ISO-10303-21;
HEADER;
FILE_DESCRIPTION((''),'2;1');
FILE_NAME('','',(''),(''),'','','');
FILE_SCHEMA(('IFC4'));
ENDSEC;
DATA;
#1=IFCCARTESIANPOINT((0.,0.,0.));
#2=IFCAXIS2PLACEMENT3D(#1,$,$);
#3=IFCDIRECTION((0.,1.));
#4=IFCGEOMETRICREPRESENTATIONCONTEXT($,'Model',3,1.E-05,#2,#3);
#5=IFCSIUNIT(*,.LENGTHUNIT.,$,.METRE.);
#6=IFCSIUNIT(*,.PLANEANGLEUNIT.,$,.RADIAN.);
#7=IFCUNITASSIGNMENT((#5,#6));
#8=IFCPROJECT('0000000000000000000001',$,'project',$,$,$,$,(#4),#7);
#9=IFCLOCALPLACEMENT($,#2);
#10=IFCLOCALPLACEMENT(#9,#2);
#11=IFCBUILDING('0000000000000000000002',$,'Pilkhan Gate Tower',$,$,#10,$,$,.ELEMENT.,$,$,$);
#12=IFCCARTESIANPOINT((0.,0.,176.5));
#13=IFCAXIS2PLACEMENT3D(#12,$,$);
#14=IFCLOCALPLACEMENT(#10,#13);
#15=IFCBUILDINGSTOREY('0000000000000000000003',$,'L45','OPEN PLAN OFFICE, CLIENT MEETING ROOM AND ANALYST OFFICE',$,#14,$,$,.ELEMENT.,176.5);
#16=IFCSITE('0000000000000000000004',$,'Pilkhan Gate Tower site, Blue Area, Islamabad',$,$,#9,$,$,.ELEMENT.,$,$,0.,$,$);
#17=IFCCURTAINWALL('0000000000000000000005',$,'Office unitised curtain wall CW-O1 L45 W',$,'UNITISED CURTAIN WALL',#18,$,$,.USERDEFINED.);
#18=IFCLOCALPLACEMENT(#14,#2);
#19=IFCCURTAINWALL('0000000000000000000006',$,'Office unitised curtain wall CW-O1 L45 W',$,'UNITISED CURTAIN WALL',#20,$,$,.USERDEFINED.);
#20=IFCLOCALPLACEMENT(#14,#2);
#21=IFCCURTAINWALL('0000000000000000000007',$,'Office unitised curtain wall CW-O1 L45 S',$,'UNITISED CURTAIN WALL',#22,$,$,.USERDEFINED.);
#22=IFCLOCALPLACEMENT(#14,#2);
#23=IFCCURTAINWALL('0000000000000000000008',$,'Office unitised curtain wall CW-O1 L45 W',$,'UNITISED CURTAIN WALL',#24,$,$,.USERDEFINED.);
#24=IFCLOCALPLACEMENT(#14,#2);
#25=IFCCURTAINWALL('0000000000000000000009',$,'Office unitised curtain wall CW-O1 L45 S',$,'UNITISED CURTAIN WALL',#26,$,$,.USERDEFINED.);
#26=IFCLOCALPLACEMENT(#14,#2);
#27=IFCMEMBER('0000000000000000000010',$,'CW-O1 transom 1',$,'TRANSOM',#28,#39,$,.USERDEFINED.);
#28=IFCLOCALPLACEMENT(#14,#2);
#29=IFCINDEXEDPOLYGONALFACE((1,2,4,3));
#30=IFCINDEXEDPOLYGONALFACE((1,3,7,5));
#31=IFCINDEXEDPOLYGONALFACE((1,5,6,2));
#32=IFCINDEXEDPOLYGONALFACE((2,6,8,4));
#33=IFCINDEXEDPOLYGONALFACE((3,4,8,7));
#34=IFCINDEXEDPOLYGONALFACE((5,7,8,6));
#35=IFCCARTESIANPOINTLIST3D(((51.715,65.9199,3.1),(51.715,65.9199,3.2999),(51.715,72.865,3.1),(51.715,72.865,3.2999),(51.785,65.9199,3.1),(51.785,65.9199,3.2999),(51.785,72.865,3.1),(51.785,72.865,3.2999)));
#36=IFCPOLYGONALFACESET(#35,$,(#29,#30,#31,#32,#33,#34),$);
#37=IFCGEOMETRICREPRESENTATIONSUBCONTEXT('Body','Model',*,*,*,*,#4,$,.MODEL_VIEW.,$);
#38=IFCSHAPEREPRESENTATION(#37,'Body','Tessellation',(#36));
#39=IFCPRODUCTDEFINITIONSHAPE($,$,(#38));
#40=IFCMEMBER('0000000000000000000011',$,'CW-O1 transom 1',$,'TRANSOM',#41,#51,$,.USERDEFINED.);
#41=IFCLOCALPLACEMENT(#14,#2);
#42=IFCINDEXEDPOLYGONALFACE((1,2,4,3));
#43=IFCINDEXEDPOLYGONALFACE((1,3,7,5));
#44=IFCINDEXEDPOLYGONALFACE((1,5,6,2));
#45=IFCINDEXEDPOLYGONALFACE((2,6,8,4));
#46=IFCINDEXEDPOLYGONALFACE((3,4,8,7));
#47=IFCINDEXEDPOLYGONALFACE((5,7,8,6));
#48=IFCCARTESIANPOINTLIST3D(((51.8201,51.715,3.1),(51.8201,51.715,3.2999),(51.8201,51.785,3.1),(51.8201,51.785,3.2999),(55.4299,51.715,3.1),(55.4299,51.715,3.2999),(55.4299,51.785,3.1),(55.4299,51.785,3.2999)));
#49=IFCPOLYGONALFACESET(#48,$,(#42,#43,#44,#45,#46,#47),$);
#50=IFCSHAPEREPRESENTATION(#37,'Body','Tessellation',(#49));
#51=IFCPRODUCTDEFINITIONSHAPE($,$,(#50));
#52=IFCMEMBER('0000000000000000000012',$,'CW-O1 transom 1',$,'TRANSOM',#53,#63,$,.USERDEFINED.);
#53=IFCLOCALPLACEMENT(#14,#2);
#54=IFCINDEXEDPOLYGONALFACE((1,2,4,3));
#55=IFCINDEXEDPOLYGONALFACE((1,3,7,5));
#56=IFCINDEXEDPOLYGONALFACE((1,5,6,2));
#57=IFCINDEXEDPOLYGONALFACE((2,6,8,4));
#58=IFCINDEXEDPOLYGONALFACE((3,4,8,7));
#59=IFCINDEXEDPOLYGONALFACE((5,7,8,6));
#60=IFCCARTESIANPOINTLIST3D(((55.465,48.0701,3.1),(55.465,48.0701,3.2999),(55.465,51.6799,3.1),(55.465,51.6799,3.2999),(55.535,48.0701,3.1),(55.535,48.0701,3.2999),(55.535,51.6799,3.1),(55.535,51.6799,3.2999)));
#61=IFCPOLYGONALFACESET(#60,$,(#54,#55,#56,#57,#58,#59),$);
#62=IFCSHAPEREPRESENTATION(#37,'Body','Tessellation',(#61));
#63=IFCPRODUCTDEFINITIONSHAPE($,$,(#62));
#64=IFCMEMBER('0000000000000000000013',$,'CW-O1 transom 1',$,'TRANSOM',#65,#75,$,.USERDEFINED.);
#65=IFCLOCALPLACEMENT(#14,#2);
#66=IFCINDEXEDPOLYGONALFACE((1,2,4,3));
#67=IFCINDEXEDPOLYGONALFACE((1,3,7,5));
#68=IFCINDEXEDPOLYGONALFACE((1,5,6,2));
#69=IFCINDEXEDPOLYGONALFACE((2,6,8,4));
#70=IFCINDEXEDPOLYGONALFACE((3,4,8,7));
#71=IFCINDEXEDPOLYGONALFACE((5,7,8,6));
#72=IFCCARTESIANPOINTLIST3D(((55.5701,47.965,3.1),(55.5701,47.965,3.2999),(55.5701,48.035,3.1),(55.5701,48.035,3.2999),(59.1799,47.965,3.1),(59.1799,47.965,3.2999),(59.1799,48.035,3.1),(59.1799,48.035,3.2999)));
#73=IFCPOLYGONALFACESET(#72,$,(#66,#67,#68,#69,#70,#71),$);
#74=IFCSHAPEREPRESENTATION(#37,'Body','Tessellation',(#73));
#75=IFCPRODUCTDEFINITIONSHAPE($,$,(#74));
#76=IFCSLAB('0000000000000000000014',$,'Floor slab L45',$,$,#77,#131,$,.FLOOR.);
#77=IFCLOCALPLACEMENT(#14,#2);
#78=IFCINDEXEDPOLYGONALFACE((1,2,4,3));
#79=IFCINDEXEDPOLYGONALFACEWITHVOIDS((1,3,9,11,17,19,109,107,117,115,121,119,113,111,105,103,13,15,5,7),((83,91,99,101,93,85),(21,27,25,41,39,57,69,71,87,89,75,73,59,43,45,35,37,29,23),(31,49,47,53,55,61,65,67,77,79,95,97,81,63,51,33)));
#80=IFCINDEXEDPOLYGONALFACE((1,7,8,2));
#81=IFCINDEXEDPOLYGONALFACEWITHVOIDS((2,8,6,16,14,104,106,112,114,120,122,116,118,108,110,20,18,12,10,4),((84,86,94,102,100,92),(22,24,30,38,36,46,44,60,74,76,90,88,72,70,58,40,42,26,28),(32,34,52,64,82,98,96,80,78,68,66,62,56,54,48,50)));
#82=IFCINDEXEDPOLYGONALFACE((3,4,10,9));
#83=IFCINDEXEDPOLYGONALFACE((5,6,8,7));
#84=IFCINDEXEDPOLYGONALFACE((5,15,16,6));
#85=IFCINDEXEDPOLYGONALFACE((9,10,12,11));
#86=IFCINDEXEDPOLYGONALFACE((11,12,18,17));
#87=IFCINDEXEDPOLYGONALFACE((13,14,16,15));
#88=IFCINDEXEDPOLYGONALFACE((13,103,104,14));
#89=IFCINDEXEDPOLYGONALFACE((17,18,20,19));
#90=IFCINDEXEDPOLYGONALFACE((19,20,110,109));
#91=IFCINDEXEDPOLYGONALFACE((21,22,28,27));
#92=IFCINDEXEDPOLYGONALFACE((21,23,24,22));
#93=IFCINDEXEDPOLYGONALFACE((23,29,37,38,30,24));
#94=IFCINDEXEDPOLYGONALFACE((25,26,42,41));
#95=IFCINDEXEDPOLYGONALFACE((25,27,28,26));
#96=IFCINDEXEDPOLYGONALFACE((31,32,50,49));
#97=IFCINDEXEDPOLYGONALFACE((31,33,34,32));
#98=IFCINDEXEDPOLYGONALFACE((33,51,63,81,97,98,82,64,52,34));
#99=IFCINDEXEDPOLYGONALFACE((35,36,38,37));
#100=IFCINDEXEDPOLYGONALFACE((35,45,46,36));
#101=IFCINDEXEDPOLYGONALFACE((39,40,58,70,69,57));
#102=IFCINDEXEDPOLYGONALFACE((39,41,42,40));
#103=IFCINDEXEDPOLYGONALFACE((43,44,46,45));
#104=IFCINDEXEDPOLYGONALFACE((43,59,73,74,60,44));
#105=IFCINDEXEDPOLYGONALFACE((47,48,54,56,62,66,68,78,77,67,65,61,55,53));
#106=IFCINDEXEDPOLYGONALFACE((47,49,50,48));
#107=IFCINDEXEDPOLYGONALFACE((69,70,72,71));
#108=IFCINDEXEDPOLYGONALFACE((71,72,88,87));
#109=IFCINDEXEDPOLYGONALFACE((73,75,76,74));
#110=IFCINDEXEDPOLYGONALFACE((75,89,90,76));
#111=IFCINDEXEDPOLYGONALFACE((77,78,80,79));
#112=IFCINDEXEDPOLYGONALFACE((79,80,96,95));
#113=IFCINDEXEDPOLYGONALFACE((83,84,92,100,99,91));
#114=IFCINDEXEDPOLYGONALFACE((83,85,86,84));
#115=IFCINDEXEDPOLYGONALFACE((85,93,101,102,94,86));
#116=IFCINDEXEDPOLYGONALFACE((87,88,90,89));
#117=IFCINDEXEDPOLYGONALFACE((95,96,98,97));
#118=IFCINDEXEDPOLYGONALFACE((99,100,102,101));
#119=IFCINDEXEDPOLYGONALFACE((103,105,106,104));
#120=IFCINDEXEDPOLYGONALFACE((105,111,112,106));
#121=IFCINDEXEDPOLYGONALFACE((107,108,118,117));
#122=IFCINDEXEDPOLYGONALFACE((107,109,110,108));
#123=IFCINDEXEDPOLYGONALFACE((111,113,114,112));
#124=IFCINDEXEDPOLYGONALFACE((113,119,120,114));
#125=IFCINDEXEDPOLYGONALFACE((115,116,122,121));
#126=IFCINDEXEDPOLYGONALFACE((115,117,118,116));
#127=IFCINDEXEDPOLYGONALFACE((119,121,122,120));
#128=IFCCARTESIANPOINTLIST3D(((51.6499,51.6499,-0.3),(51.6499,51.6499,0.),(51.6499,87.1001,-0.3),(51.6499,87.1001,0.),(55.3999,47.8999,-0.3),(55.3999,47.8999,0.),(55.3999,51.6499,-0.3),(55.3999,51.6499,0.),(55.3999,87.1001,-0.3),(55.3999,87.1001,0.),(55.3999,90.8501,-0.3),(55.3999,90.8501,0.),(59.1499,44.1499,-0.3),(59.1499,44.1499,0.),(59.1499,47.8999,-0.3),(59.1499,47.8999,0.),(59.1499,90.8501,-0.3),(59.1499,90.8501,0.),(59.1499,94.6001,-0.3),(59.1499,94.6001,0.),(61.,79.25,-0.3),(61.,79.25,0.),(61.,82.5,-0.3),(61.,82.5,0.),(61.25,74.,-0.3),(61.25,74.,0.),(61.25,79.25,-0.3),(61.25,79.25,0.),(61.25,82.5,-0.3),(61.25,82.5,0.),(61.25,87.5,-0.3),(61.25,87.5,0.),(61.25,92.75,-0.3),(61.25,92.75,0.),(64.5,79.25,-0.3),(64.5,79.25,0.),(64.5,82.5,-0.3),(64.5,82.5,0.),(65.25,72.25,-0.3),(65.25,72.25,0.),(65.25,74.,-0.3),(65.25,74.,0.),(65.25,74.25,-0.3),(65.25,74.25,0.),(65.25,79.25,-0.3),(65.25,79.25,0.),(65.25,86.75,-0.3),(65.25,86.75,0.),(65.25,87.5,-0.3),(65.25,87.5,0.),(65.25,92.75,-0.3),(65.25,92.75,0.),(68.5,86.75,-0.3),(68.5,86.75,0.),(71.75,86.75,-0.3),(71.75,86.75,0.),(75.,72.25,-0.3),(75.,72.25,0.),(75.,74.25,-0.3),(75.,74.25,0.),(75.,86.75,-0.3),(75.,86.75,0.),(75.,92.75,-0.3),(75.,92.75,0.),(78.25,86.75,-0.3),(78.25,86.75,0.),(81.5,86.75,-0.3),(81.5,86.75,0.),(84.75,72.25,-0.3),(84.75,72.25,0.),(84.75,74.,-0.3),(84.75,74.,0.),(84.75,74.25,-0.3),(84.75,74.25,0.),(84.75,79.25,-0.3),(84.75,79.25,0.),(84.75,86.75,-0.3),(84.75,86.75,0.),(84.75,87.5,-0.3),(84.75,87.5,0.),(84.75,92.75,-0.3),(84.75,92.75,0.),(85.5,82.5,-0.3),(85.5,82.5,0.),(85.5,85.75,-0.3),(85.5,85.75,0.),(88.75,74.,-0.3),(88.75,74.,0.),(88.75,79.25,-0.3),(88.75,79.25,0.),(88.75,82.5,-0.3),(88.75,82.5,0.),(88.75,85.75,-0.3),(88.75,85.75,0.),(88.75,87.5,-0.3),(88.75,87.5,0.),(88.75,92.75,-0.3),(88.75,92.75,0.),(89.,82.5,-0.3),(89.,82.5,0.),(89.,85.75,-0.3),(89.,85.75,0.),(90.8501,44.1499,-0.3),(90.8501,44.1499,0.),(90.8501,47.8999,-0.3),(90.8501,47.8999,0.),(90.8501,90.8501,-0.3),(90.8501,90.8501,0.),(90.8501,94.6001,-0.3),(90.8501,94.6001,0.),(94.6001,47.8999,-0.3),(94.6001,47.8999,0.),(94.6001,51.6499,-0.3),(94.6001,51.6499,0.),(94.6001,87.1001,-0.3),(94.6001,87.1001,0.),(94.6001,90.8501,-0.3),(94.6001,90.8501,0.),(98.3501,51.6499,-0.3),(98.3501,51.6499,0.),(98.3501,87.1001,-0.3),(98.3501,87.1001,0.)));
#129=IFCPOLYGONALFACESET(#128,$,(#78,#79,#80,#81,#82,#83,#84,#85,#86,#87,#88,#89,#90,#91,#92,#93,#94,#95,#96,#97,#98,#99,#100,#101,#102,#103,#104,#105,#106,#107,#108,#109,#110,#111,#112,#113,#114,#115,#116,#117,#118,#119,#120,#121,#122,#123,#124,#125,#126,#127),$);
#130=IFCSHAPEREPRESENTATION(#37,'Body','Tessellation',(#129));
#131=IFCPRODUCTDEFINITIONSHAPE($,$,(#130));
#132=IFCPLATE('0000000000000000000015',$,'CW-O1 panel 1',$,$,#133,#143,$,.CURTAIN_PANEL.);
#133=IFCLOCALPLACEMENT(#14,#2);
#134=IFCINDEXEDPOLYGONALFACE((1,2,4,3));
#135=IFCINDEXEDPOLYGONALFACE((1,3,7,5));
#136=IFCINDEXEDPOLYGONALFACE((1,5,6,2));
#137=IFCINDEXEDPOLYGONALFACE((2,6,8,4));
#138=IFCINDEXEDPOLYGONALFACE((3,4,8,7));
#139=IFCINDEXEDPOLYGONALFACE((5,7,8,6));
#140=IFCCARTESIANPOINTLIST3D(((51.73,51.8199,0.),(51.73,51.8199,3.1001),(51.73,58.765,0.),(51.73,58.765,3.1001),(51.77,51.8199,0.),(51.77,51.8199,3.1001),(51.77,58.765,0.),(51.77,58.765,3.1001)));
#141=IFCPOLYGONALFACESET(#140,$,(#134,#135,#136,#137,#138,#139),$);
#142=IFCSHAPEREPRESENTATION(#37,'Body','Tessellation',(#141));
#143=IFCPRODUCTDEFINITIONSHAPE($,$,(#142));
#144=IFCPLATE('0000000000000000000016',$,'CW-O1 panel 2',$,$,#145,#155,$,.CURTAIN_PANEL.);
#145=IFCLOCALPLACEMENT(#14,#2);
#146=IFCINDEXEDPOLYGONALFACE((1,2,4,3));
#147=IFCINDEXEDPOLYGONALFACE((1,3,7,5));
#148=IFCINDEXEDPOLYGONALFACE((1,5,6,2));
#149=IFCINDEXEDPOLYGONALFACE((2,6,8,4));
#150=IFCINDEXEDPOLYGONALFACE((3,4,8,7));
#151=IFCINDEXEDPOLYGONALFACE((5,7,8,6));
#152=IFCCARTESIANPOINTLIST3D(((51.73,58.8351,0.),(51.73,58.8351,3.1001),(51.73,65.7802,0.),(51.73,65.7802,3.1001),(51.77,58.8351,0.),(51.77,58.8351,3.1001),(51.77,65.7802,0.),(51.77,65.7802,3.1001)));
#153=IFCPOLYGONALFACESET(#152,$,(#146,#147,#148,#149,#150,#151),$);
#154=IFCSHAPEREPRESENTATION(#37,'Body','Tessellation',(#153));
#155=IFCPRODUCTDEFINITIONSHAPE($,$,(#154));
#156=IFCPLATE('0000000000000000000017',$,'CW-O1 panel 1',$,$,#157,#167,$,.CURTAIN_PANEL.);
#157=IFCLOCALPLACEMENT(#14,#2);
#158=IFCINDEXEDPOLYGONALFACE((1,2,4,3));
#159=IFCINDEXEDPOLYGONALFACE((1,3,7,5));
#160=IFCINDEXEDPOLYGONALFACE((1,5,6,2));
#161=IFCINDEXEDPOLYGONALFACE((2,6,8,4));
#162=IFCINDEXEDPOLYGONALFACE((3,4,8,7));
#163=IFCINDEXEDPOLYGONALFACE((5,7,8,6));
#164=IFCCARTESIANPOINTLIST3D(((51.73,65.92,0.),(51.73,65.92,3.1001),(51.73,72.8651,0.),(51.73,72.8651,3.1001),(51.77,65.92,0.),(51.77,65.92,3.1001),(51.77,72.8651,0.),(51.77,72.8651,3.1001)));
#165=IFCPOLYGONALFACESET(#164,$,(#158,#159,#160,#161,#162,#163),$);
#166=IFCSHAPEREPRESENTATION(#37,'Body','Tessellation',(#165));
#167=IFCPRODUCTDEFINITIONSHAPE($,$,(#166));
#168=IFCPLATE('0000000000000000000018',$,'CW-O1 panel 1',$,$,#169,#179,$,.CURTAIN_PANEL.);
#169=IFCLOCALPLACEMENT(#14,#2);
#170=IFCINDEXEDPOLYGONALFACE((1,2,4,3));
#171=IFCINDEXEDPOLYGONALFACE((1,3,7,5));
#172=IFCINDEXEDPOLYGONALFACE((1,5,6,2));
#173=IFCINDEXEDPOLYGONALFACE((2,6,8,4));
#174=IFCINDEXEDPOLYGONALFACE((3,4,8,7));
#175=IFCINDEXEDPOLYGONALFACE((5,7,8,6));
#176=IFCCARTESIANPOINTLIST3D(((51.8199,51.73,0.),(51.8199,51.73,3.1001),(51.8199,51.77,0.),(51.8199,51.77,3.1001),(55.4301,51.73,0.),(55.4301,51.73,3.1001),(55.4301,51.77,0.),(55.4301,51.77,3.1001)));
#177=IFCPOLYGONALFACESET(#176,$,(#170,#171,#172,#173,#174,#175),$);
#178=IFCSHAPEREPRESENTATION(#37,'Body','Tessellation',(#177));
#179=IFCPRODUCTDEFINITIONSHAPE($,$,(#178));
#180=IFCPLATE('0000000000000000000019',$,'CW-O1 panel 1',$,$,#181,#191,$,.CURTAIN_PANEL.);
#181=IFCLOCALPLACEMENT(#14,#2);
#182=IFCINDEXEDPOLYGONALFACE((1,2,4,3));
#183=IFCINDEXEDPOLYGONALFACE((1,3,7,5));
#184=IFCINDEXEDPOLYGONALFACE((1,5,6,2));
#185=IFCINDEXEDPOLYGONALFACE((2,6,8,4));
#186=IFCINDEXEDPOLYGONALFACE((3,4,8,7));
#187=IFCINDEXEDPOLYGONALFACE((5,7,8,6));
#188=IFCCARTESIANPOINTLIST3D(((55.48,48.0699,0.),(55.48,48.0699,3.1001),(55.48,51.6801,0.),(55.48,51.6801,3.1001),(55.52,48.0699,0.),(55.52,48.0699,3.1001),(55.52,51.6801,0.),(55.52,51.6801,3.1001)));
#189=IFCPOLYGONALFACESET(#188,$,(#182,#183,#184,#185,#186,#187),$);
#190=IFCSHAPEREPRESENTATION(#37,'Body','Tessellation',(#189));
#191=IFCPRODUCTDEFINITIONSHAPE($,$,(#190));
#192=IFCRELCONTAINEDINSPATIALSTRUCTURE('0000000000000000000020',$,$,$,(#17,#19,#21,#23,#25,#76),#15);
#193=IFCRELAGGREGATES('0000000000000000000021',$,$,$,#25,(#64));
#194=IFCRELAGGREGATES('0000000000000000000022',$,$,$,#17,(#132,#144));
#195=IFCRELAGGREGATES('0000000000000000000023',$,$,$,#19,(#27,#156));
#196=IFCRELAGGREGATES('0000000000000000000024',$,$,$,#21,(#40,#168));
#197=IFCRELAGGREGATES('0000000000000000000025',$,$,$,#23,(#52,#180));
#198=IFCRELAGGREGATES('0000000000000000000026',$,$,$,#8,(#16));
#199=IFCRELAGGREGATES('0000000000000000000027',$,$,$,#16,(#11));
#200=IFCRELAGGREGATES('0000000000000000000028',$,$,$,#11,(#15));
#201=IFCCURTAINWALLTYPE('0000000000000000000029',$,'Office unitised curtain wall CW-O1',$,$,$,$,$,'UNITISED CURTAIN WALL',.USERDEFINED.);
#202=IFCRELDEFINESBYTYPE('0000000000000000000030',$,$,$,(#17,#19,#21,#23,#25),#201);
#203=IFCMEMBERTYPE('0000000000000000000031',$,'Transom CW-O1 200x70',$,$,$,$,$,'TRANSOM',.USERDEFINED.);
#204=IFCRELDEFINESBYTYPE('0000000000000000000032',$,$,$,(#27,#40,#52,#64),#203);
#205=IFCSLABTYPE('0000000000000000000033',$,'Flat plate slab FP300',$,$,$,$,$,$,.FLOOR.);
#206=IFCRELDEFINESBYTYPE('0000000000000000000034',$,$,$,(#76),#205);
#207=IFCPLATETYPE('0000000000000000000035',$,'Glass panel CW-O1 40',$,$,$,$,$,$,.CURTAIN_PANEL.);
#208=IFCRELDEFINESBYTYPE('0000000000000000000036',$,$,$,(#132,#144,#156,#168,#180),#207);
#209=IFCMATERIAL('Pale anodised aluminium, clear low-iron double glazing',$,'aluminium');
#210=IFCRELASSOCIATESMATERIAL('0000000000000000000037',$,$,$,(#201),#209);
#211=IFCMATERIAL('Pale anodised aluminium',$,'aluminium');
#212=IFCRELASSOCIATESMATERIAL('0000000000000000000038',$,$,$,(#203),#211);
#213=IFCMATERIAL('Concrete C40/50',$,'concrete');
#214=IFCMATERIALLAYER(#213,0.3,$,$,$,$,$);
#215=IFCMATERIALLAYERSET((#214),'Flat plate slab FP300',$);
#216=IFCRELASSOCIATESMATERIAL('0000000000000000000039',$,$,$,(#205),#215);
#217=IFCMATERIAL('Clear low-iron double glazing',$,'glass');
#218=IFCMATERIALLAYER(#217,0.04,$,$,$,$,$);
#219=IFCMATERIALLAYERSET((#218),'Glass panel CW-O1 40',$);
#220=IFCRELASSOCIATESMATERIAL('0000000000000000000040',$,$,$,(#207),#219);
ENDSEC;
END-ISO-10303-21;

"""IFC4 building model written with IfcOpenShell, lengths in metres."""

from ifc_helpers import new_model, si_unit, direction, frame, origin, origin_2d, place, context, subcontext, project, spatial, polyline, rectangle, outline, extrude, material, layer, layer_set, material_profile, profile_set, type_object, element, aggregate, save


model = new_model("IFC4")

# Units and contexts
model_context = context("Model", 3, precision=1e-05, world=origin(), true_north=direction((0.0, 1.0)))
body_context = subcontext(model_context, "Body", "Model", "MODEL_VIEW")
ifc_project = project(units=[si_unit("LENGTHUNIT", "METRE"), si_unit("PLANEANGLEUNIT", "RADIAN")], contexts=[model_context])

# Site, building, storey
site_placement = place(None, origin())
site = spatial("IfcSite", under=ifc_project, at=site_placement, Name="Pilkhan Gate Tower site, Blue Area, Islamabad", CompositionType="ELEMENT", RefElevation=0.0)
building_placement = place(site_placement, origin())
building = spatial("IfcBuilding", under=site, at=building_placement, Name="Pilkhan Gate Tower", CompositionType="ELEMENT")
storey_placement = place(building_placement, frame((0.0, 0.0, 176.5)))
storey = spatial("IfcBuildingStorey", under=building, at=storey_placement, Name="L45", Description="OPEN PLAN OFFICE, CLIENT MEETING ROOM AND ANALYST OFFICE", CompositionType="ELEMENT", Elevation=176.5)

# Curtain walls
ifc_material_1 = material(Name="Pale anodised aluminium, clear low-iron double glazing", Category="aluminium")
curtain_wall_type = type_object("IfcCurtainWallType", Name="Office unitised curtain wall CW-O1", ElementType="UNITISED CURTAIN WALL", PredefinedType="USERDEFINED", material=ifc_material_1)
curtain_wall_1_placement = place(storey_placement, origin())
curtain_wall_1 = element("IfcCurtainWall", 1, at=curtain_wall_1_placement, inside=storey, type_object=curtain_wall_type, Name="Office unitised curtain wall CW-O1 L45 W", ObjectType="UNITISED CURTAIN WALL", PredefinedType="USERDEFINED")
ifc_material_2 = material(Name="Pale anodised aluminium", Category="aluminium")
curtain_wall_2_placement = place(storey_placement, origin())
curtain_wall_2 = element("IfcCurtainWall", 2, at=curtain_wall_2_placement, inside=storey, type_object=curtain_wall_type, Name="Office unitised curtain wall CW-O1 L45 W", ObjectType="UNITISED CURTAIN WALL", PredefinedType="USERDEFINED")
curtain_wall_3_placement = place(storey_placement, origin())
curtain_wall_3 = element("IfcCurtainWall", 3, at=curtain_wall_3_placement, inside=storey, type_object=curtain_wall_type, Name="Office unitised curtain wall CW-O1 L45 S", ObjectType="UNITISED CURTAIN WALL", PredefinedType="USERDEFINED")
curtain_wall_4_placement = place(storey_placement, origin())
curtain_wall_4 = element("IfcCurtainWall", 4, at=curtain_wall_4_placement, inside=storey, type_object=curtain_wall_type, Name="Office unitised curtain wall CW-O1 L45 W", ObjectType="UNITISED CURTAIN WALL", PredefinedType="USERDEFINED")

# Curtain wall
curtain_wall_5_placement = place(storey_placement, origin())
curtain_wall_5 = element("IfcCurtainWall", 5, at=curtain_wall_5_placement, inside=storey, type_object=curtain_wall_type, Name="Office unitised curtain wall CW-O1 L45 S", ObjectType="UNITISED CURTAIN WALL", PredefinedType="USERDEFINED")

# Members
ifc_material_profile_1 = material_profile(ifc_material_2, rectangle(XDim=0.0701, YDim=0.2, at=origin_2d()), Name="Transom 200x70")
ifc_profile_set_1 = profile_set([ifc_material_profile_1], Name="Pale anodised aluminium")
member_type_1 = type_object("IfcMemberType", Name="Transom CW-O1 200x70", ElementType="TRANSOM", PredefinedType="USERDEFINED", material=ifc_profile_set_1)
member_1_placement = place(storey_placement, frame((51.75, 65.9199, 3.2), z_axis=(0.0, 1.0, 0.0), x_axis=(-1.0, 0.0, 0.0)))
member_1 = element("IfcMember", 6, at=member_1_placement, type_object=member_type_1, Name="CW-O1 transom 1", ObjectType="TRANSOM", PredefinedType="USERDEFINED", context=body_context, shape_type="SweptSolid", body=[
    extrude(rectangle(XDim=0.0701, YDim=0.2, at=origin_2d()), origin(), (0.0, 0.0, 1.0), 6.9451),
])
member_2_placement = place(storey_placement, frame((51.8201, 51.75, 3.2), z_axis=(1.0, 0.0, 0.0), x_axis=(0.0, 1.0, 0.0)))
member_2 = element("IfcMember", 7, at=member_2_placement, type_object=member_type_1, Name="CW-O1 transom 1", ObjectType="TRANSOM", PredefinedType="USERDEFINED", context=body_context, shape_type="SweptSolid", body=[
    extrude(rectangle(XDim=0.0701, YDim=0.2, at=origin_2d()), origin(), (0.0, 0.0, 1.0), 3.6099),
])
member_3_placement = place(storey_placement, frame((55.5, 48.0701, 3.2), z_axis=(0.0, 1.0, 0.0), x_axis=(-1.0, 0.0, 0.0)))
member_3 = element("IfcMember", 8, at=member_3_placement, type_object=member_type_1, Name="CW-O1 transom 1", ObjectType="TRANSOM", PredefinedType="USERDEFINED", context=body_context, shape_type="SweptSolid", body=[
    extrude(rectangle(XDim=0.0701, YDim=0.2, at=origin_2d()), origin(), (0.0, 0.0, 1.0), 3.6099),
])
member_4_placement = place(storey_placement, frame((55.5701, 48.0, 3.2), z_axis=(1.0, 0.0, 0.0), x_axis=(0.0, 1.0, 0.0)))
member_4 = element("IfcMember", 9, at=member_4_placement, type_object=member_type_1, Name="CW-O1 transom 1", ObjectType="TRANSOM", PredefinedType="USERDEFINED", context=body_context, shape_type="SweptSolid", body=[
    extrude(rectangle(XDim=0.0701, YDim=0.2, at=origin_2d()), origin(), (0.0, 0.0, 1.0), 3.6099),
])
aggregate(curtain_wall_5, [member_4])

# Slab
ifc_material_3 = material(Name="Concrete C40/50", Category="concrete")
ifc_layer_1 = layer(ifc_material_3, 0.3)
ifc_layer_set_1 = layer_set([ifc_layer_1], Name="Flat plate slab FP300")
slab_type_1 = type_object("IfcSlabType", Name="Flat plate slab FP300", PredefinedType="FLOOR", material=ifc_layer_set_1)
slab_1_placement = place(storey_placement, frame((0.0, 0.0, -0.3)))
element("IfcSlab", 10, at=slab_1_placement, inside=storey, type_object=slab_type_1, Name="Floor slab L45", PredefinedType="FLOOR", context=body_context, shape_type="SweptSolid", body=[
    extrude(outline(polyline([(94.6001, 47.8999), (90.8501, 47.8999), (90.8501, 44.1499), (59.1499, 44.1499), (59.1499, 47.8999), (55.3999, 47.8999), (55.3999, 51.6499), (51.6499, 51.6499), (51.6499, 87.1001), (55.3999, 87.1001), (55.3999, 90.8501), (59.1499, 90.8501), (59.1499, 94.6001), (90.8501, 94.6001), (90.8501, 90.8501), (94.6001, 90.8501), (94.6001, 87.1001), (98.3501, 87.1001), (98.3501, 51.6499), (94.6001, 51.6499), (94.6001, 47.8999)]), holes=[polyline([(75.0, 72.25), (84.75, 72.25), (84.75, 74.0), (88.75, 74.0), (88.75, 79.25), (84.75, 79.25), (84.75, 74.25), (75.0, 74.25), (65.25, 74.25), (65.25, 79.25), (64.5, 79.25), (64.5, 82.5), (61.25, 82.5), (61.0, 82.5), (61.0, 79.25), (61.25, 79.25), (61.25, 74.0), (65.25, 74.0), (65.25, 72.25), (75.0, 72.25)]), polyline([(68.5, 86.75), (71.75, 86.75), (75.0, 86.75), (78.25, 86.75), (81.5, 86.75), (84.75, 86.75), (84.75, 87.5), (88.75, 87.5), (88.75, 92.75), (84.75, 92.75), (75.0, 92.75), (65.25, 92.75), (61.25, 92.75), (61.25, 87.5), (65.25, 87.5), (65.25, 86.75), (68.5, 86.75)]), polyline([(85.5, 85.75), (85.5, 82.5), (88.75, 82.5), (89.0, 82.5), (89.0, 85.75), (88.75, 85.75), (85.5, 85.75)])]), origin(), (0.0, 0.0, 1.0), 0.3),
])

# Plates
ifc_material_4 = material(Name="Clear low-iron double glazing", Category="glass")
ifc_layer_2 = layer(ifc_material_4, 0.04)
ifc_layer_set_2 = layer_set([ifc_layer_2], Name="Glass panel CW-O1 40")
plate_type = type_object("IfcPlateType", Name="Glass panel CW-O1 40", PredefinedType="CURTAIN_PANEL", material=ifc_layer_set_2)
plate_1_placement = place(storey_placement, frame((51.75, 55.2925, 0.0), z_axis=(0.0, 0.0, 1.0), x_axis=(0.0, 1.0, 0.0)))
plate_1 = element("IfcPlate", 11, at=plate_1_placement, type_object=plate_type, Name="CW-O1 panel 1", PredefinedType="CURTAIN_PANEL", context=body_context, shape_type="SweptSolid", body=[
    extrude(rectangle(XDim=6.9451, YDim=0.04, at=origin_2d()), origin(), (0.0, 0.0, 1.0), 3.1001),
])
plate_2_placement = place(storey_placement, frame((51.75, 62.3076, 0.0), z_axis=(0.0, 0.0, 1.0), x_axis=(0.0, 1.0, 0.0)))
plate_2 = element("IfcPlate", 12, at=plate_2_placement, type_object=plate_type, Name="CW-O1 panel 2", PredefinedType="CURTAIN_PANEL", context=body_context, shape_type="SweptSolid", body=[
    extrude(rectangle(XDim=6.9451, YDim=0.04, at=origin_2d()), origin(), (0.0, 0.0, 1.0), 3.1001),
])
aggregate(curtain_wall_1, [plate_1, plate_2])
plate_3_placement = place(storey_placement, frame((51.75, 69.3926, 0.0), z_axis=(0.0, 0.0, 1.0), x_axis=(0.0, 1.0, 0.0)))
plate_3 = element("IfcPlate", 13, at=plate_3_placement, type_object=plate_type, Name="CW-O1 panel 1", PredefinedType="CURTAIN_PANEL", context=body_context, shape_type="SweptSolid", body=[
    extrude(rectangle(XDim=6.9451, YDim=0.04, at=origin_2d()), origin(), (0.0, 0.0, 1.0), 3.1001),
])
aggregate(curtain_wall_2, [member_1, plate_3])
plate_4_placement = place(storey_placement, frame((53.625, 51.75, 0.0), z_axis=(0.0, 0.0, 1.0), x_axis=(1.0, 0.0, 0.0)))
plate_4 = element("IfcPlate", 14, at=plate_4_placement, type_object=plate_type, Name="CW-O1 panel 1", PredefinedType="CURTAIN_PANEL", context=body_context, shape_type="SweptSolid", body=[
    extrude(rectangle(XDim=3.6101, YDim=0.04, at=origin_2d()), origin(), (0.0, 0.0, 1.0), 3.1001),
])
aggregate(curtain_wall_3, [member_2, plate_4])
plate_5_placement = place(storey_placement, frame((55.5, 49.875, 0.0), z_axis=(0.0, 0.0, 1.0), x_axis=(0.0, 1.0, 0.0)))
plate_5 = element("IfcPlate", 15, at=plate_5_placement, type_object=plate_type, Name="CW-O1 panel 1", PredefinedType="CURTAIN_PANEL", context=body_context, shape_type="SweptSolid", body=[
    extrude(rectangle(XDim=3.6101, YDim=0.04, at=origin_2d()), origin(), (0.0, 0.0, 1.0), 3.1001),
])
aggregate(curtain_wall_4, [member_3, plate_5])

save(model, "model.ifc")
